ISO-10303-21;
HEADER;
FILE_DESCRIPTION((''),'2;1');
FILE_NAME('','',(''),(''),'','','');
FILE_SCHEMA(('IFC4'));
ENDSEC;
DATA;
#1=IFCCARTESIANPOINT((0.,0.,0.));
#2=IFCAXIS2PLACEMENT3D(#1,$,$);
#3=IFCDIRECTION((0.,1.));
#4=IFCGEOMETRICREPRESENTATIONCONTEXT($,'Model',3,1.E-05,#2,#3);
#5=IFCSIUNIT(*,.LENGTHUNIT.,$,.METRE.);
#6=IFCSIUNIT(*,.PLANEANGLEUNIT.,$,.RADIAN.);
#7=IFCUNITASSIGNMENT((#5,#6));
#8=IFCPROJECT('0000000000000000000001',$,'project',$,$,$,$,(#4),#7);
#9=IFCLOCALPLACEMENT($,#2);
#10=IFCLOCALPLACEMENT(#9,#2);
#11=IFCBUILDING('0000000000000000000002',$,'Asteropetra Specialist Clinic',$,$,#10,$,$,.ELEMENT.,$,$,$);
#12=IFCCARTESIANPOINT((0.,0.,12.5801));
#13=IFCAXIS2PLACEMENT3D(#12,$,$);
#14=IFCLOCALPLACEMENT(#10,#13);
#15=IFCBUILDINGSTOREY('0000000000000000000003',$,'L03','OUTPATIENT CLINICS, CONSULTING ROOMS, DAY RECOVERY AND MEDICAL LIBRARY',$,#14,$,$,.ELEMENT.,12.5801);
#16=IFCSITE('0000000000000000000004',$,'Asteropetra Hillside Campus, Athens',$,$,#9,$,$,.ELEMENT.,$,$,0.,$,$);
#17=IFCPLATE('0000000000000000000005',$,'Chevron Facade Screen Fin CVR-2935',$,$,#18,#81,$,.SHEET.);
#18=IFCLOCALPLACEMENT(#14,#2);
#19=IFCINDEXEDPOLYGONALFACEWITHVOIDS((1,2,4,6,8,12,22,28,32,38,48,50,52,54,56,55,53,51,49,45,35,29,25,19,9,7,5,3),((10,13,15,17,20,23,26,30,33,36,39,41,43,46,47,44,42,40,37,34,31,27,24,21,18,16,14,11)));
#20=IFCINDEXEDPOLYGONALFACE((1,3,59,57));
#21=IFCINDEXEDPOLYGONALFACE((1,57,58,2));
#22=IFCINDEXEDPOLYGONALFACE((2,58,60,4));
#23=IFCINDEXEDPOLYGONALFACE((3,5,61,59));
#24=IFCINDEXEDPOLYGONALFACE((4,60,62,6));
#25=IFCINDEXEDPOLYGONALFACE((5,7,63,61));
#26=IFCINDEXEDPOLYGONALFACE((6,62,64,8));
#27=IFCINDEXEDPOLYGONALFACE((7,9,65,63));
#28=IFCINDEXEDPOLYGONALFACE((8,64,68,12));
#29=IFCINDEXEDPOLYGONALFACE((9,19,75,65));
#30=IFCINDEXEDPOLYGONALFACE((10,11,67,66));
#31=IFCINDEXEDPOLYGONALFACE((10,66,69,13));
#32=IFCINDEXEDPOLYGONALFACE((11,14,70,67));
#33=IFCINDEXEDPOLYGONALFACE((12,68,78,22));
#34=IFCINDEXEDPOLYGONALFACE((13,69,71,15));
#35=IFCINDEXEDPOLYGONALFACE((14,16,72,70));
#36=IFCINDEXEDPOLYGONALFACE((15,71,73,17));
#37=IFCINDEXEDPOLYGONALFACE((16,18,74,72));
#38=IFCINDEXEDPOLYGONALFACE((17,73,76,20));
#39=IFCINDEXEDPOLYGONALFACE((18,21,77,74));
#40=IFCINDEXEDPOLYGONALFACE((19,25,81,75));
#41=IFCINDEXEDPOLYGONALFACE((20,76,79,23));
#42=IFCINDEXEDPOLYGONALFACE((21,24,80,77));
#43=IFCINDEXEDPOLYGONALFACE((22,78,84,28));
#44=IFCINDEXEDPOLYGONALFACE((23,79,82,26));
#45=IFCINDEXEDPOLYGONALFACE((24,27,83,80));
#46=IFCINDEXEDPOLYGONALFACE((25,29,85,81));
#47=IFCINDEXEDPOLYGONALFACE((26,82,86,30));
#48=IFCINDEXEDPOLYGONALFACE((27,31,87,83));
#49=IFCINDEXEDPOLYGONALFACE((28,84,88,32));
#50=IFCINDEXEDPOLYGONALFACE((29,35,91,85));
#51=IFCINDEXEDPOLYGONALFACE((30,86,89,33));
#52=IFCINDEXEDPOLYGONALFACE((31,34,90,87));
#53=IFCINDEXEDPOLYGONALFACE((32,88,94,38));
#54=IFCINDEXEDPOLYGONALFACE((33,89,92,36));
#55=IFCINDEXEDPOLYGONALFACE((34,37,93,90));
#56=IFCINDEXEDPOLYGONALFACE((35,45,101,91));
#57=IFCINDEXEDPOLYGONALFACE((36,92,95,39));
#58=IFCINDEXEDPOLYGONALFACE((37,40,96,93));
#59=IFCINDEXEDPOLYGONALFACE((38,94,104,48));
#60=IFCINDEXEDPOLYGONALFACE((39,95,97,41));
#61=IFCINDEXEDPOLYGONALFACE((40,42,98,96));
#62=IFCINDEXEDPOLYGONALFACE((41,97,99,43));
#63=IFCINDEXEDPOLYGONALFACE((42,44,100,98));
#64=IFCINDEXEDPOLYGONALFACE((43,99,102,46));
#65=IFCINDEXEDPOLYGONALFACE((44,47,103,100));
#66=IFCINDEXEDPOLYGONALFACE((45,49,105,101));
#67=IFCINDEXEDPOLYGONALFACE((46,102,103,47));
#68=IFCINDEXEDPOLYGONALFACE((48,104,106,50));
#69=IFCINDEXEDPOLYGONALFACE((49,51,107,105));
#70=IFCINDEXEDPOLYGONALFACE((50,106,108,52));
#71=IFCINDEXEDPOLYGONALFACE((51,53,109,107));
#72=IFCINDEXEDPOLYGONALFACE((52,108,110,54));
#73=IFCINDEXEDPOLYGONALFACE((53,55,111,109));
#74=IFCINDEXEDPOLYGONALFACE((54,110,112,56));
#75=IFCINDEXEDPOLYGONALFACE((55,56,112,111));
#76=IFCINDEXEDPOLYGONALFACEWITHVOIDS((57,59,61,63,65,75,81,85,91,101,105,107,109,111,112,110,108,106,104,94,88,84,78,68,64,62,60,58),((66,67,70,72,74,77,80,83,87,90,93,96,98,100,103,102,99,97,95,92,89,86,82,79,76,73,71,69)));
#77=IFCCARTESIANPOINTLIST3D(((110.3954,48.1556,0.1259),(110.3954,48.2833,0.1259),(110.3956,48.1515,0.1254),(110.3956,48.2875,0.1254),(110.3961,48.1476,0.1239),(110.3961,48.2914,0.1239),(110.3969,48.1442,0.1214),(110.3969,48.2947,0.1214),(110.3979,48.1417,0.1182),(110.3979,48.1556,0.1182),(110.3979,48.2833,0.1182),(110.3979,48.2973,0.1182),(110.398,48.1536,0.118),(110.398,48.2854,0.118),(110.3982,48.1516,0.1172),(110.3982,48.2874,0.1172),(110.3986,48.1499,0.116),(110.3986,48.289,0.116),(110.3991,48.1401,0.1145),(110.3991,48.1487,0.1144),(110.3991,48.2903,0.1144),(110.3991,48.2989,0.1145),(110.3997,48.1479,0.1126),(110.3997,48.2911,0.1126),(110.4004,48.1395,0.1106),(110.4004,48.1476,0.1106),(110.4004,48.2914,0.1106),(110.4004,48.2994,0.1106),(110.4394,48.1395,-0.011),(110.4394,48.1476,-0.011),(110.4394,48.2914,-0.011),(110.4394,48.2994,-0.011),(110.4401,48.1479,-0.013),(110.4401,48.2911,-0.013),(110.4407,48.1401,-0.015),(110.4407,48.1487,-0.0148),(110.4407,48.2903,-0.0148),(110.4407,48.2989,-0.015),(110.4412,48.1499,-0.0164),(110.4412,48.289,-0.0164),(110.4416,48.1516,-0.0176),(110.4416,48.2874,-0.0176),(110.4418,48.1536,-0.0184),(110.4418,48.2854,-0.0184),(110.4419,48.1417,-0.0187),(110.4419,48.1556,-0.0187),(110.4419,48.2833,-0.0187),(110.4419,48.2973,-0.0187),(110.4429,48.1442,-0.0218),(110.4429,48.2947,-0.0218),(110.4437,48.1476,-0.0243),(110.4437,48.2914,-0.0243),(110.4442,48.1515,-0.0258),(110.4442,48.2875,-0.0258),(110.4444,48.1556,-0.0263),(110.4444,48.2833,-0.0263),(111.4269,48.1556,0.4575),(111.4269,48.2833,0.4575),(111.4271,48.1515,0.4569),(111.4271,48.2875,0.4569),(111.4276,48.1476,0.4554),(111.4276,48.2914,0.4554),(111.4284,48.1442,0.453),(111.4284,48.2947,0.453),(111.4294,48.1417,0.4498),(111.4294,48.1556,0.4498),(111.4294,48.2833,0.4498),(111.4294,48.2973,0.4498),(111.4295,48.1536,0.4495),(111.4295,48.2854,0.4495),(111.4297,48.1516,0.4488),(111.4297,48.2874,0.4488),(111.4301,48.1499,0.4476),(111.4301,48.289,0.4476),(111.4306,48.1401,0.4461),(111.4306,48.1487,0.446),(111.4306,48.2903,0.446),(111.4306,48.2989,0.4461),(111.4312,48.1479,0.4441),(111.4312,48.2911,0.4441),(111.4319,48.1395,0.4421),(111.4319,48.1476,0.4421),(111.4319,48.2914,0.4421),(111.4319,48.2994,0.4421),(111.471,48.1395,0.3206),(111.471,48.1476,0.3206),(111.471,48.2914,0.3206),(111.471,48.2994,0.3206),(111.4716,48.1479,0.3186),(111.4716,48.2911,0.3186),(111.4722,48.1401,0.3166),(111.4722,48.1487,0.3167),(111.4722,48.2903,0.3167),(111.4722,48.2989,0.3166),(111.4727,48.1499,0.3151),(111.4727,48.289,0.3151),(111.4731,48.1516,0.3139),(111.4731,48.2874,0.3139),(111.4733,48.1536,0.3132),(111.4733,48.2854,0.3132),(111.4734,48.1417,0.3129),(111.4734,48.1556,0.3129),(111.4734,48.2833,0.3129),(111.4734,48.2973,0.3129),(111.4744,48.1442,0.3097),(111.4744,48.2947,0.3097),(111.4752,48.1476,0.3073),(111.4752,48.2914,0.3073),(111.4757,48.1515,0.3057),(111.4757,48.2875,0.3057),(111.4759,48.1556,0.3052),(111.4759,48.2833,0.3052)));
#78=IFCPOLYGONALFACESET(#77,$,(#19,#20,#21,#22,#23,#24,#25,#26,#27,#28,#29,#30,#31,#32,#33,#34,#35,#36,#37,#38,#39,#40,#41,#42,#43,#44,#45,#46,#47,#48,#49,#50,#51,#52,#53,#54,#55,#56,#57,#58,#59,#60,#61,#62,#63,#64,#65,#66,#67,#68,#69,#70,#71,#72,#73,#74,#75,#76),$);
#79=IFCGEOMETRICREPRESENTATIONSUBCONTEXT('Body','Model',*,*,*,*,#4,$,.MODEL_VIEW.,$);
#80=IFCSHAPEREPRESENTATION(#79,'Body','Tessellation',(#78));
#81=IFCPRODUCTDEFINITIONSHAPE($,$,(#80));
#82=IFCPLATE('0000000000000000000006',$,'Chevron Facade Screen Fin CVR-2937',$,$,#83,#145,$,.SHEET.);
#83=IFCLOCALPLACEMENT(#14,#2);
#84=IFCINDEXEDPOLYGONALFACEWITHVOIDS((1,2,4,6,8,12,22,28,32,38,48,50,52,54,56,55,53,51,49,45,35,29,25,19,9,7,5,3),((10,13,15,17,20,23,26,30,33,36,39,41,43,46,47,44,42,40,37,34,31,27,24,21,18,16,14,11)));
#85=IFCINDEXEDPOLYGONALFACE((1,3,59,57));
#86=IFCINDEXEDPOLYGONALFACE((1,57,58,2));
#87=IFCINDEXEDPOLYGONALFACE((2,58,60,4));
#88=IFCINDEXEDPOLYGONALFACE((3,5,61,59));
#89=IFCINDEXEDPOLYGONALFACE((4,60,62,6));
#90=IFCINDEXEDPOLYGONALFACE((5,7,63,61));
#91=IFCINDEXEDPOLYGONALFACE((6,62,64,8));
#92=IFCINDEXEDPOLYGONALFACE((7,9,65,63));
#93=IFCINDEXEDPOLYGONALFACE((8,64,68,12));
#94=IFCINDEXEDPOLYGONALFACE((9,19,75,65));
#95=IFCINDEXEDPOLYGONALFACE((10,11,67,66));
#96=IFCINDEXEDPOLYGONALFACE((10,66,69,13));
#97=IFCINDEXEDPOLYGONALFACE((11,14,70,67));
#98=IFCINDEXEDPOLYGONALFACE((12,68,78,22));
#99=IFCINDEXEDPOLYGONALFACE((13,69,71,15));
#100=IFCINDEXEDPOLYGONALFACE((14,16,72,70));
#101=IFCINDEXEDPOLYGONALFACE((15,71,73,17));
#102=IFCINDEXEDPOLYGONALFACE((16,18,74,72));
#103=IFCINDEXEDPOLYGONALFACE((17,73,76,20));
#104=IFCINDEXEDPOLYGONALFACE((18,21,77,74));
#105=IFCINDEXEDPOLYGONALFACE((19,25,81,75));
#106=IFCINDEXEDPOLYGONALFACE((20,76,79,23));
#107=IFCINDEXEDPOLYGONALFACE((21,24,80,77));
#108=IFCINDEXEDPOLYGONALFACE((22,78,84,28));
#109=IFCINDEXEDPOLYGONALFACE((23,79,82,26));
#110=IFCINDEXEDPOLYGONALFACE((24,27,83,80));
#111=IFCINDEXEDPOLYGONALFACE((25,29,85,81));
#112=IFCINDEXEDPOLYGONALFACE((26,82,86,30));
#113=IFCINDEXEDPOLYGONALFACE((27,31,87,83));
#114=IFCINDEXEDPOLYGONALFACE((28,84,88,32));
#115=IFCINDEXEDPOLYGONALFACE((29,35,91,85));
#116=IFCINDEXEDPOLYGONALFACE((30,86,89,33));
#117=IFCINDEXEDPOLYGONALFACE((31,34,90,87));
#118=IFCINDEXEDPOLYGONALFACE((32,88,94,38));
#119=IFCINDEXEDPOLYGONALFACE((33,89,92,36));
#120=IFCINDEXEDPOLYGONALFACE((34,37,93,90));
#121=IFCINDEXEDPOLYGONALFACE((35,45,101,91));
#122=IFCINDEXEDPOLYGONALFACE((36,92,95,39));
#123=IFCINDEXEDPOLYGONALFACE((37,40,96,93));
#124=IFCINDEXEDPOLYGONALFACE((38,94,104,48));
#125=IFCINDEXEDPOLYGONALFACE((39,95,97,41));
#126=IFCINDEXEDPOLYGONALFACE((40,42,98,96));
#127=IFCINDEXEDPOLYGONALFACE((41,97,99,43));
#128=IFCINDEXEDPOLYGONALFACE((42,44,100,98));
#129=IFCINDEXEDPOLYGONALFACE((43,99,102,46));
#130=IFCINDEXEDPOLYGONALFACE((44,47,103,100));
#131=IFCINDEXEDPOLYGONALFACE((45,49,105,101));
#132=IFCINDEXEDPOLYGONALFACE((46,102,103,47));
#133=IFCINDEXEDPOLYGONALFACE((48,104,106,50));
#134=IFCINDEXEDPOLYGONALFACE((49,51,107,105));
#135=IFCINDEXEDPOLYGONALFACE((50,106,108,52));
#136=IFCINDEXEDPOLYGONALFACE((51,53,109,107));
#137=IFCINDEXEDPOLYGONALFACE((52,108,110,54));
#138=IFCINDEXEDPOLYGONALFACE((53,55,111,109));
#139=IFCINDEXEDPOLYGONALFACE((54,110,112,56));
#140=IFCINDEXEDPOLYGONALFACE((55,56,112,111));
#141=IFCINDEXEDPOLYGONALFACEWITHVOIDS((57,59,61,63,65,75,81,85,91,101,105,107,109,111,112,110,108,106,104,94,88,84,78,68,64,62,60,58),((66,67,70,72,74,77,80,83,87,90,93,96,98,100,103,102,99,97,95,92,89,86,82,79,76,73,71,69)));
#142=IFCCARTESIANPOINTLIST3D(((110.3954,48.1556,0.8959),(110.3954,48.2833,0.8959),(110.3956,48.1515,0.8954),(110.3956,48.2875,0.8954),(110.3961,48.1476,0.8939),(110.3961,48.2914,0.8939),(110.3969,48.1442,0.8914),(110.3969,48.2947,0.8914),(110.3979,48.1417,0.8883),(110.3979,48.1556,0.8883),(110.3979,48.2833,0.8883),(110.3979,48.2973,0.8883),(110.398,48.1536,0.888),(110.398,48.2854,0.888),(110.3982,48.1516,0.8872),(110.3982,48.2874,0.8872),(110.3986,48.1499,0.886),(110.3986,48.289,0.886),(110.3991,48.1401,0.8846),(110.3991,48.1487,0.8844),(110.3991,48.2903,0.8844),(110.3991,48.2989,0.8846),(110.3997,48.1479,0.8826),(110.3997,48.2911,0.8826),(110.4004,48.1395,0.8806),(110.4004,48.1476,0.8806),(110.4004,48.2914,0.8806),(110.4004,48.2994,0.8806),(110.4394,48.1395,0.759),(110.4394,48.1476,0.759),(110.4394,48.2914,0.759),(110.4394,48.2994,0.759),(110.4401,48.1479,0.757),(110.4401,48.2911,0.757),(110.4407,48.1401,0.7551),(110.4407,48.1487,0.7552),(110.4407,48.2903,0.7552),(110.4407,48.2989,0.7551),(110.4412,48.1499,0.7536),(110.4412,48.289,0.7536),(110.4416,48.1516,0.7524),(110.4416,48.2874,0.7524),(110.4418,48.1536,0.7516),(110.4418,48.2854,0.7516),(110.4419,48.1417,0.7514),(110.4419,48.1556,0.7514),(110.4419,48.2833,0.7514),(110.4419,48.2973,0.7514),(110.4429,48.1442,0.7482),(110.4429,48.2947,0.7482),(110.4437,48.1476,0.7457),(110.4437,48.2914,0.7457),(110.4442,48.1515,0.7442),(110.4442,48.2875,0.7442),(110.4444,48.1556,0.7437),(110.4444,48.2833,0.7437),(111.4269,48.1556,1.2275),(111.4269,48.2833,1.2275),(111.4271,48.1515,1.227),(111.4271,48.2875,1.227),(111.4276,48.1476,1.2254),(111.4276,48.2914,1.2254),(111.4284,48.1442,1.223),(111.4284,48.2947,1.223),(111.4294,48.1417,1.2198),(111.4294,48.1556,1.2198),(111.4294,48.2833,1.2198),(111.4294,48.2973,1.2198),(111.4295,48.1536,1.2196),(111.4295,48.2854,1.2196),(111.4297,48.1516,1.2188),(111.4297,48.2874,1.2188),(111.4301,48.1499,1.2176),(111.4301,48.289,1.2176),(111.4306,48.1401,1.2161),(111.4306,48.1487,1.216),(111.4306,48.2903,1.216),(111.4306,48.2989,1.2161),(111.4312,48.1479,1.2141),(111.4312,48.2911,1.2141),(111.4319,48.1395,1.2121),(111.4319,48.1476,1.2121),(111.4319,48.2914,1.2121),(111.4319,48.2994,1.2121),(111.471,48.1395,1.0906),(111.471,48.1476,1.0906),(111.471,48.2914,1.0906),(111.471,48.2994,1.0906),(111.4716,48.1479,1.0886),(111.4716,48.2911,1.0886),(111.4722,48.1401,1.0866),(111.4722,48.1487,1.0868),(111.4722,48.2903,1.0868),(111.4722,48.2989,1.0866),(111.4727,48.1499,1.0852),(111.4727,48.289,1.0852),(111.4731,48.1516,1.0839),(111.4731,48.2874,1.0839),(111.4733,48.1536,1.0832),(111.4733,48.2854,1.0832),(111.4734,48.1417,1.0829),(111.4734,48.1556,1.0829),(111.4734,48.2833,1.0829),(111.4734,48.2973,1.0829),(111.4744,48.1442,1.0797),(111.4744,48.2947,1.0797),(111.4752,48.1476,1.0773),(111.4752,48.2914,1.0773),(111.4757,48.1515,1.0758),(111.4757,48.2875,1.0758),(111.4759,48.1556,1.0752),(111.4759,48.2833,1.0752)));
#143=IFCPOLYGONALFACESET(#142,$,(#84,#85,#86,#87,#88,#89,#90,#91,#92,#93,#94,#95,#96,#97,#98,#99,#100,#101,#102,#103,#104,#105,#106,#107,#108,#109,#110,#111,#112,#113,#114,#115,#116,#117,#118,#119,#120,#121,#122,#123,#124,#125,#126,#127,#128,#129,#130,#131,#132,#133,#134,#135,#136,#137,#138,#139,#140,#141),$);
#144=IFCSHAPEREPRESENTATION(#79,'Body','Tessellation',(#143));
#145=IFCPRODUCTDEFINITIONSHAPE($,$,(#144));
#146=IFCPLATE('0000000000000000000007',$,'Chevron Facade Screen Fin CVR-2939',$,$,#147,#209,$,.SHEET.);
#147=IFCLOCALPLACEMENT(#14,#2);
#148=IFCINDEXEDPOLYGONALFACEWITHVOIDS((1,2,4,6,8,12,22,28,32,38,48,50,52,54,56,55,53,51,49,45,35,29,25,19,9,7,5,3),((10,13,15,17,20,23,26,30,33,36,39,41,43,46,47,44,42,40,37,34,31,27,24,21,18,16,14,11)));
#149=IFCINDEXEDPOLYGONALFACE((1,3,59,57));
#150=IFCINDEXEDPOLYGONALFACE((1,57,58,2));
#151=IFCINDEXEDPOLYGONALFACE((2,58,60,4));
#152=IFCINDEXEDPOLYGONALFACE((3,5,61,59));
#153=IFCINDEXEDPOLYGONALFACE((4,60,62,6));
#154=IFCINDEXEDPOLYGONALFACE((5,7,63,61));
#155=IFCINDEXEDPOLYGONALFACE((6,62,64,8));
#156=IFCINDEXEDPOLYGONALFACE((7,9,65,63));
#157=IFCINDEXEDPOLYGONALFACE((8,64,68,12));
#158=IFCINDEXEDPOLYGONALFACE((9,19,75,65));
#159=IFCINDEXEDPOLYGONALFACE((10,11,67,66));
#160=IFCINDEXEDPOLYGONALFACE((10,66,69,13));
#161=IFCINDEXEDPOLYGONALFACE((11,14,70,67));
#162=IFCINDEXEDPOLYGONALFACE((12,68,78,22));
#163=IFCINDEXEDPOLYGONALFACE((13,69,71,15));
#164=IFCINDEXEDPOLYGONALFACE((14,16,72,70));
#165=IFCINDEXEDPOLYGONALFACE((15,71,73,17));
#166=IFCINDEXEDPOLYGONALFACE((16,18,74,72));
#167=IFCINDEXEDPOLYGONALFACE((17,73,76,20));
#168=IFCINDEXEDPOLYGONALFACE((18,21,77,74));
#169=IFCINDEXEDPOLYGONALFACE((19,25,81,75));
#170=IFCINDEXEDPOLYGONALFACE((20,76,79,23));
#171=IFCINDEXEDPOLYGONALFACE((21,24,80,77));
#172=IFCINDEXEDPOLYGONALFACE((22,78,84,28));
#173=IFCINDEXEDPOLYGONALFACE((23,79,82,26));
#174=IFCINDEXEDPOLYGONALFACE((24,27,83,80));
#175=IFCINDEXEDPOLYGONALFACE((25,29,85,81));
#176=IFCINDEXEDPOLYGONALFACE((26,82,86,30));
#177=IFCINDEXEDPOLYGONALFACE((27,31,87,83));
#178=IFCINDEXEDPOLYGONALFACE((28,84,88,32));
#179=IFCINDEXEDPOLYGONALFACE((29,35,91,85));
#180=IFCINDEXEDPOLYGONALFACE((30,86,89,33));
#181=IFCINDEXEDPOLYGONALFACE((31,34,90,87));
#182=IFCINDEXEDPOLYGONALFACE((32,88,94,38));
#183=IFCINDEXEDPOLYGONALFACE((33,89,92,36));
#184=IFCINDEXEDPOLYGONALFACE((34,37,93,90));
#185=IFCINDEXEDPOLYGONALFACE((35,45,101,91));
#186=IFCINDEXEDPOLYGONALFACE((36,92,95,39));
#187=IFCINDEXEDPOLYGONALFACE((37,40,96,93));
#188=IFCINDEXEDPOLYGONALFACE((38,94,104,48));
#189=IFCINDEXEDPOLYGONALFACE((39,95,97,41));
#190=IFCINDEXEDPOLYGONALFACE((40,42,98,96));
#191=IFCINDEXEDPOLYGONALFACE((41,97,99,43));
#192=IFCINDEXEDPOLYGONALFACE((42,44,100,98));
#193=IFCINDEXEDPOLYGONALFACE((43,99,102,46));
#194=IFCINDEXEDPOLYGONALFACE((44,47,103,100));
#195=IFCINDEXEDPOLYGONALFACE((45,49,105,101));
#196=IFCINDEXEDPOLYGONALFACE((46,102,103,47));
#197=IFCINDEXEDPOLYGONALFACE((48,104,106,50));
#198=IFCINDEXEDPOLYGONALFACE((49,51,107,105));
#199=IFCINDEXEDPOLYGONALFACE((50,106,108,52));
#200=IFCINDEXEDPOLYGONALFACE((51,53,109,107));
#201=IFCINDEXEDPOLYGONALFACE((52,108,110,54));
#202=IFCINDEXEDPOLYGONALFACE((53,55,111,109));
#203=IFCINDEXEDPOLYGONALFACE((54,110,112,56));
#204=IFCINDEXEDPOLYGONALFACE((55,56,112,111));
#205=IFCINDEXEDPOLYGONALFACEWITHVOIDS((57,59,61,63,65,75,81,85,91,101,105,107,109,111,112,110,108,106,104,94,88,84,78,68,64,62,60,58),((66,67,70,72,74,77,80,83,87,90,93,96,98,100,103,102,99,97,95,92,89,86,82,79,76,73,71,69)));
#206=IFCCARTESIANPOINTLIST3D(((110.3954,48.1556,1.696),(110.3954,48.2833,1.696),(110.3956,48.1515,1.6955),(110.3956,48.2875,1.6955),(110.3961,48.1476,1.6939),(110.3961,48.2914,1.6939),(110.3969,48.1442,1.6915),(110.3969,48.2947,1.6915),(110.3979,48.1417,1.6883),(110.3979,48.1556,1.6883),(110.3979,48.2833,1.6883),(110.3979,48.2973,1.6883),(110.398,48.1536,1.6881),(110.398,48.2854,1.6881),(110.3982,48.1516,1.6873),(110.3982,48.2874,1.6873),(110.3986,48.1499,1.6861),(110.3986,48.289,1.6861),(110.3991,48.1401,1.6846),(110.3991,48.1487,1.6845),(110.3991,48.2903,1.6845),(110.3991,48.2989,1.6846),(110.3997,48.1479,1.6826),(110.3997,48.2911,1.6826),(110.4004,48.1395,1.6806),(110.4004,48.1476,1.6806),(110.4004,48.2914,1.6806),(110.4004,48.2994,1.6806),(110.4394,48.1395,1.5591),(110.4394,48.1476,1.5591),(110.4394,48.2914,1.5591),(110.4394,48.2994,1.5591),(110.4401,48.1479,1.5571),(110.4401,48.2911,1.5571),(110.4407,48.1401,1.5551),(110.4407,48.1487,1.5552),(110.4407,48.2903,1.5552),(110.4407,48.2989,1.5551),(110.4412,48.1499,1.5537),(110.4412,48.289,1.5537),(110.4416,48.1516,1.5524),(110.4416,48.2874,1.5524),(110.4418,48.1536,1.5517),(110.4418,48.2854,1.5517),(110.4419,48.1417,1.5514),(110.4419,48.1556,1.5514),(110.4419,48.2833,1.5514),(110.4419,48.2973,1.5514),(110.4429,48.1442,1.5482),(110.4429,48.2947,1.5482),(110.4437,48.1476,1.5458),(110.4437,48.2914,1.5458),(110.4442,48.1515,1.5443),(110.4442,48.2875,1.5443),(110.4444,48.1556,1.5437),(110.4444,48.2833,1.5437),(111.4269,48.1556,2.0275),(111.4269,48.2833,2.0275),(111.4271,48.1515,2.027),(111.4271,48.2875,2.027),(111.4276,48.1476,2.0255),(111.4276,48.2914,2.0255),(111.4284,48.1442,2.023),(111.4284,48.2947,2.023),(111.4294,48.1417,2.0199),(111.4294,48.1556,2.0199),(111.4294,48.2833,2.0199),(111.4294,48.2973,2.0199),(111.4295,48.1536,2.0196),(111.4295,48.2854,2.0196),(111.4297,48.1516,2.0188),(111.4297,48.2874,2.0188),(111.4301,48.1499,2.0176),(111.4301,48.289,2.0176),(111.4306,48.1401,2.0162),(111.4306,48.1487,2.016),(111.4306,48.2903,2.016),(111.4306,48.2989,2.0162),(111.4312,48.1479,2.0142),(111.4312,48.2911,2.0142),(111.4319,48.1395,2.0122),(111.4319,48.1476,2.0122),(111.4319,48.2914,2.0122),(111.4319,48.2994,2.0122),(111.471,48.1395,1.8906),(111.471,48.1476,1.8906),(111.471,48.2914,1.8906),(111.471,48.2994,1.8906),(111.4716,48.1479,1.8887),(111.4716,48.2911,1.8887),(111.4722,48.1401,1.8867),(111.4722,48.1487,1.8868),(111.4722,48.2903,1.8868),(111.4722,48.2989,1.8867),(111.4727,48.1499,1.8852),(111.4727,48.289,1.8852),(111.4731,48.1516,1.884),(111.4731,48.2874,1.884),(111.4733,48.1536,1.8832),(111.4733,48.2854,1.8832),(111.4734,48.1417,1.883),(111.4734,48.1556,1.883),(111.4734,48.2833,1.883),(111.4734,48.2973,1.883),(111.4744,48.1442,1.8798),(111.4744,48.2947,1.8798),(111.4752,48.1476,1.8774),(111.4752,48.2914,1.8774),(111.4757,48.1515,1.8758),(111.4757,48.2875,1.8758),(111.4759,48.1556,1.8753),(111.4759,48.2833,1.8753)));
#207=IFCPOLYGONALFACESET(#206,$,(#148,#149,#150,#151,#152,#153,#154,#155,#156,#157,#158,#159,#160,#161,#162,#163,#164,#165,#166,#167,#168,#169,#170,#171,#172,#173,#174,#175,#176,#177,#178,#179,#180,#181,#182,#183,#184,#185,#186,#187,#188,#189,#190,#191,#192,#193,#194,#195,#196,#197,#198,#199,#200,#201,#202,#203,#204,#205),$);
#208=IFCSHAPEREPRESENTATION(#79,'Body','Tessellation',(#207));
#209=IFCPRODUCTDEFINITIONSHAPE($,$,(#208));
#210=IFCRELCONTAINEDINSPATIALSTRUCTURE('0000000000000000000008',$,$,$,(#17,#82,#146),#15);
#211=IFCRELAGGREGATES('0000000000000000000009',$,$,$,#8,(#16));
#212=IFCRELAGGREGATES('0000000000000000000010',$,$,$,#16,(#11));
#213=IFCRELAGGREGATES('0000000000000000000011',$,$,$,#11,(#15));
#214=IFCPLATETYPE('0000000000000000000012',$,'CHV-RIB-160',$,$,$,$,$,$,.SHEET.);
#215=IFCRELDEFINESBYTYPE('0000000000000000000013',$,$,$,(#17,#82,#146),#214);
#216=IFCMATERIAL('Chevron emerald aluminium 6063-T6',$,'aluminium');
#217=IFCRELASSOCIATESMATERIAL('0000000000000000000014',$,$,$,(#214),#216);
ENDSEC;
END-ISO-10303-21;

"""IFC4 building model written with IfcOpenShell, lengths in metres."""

from ifc_helpers import new_model, si_unit, direction, frame, origin, origin_2d, place, context, subcontext, project, spatial, hollow_rectangle, extrude, material, material_profile, profile_set, type_object, element, save


model = new_model("IFC4")

# Units and contexts
model_context = context("Model", 3, precision=1e-05, world=origin(), true_north=direction((0.0, 1.0)))
body_context = subcontext(model_context, "Body", "Model", "MODEL_VIEW")
ifc_project = project(units=[si_unit("LENGTHUNIT", "METRE"), si_unit("PLANEANGLEUNIT", "RADIAN")], contexts=[model_context])

# Site, building, storey
site_placement = place(None, origin())
site = spatial("IfcSite", under=ifc_project, at=site_placement, Name="Asteropetra Hillside Campus, Athens", CompositionType="ELEMENT", RefElevation=0.0)
building_placement = place(site_placement, origin())
building = spatial("IfcBuilding", under=site, at=building_placement, Name="Asteropetra Specialist Clinic", CompositionType="ELEMENT")
storey_placement = place(building_placement, frame((0.0, 0.0, 12.5801)))
storey = spatial("IfcBuildingStorey", under=building, at=storey_placement, Name="L03", Description="OUTPATIENT CLINICS, CONSULTING ROOMS, DAY RECOVERY AND MEDICAL LIBRARY", CompositionType="ELEMENT", Elevation=12.5801)

# Plates
ifc_material_1 = material(Name="Chevron emerald aluminium 6063-T6", Category="aluminium")
ifc_material_profile = material_profile(ifc_material_1, hollow_rectangle(XDim=0.1599, YDim=0.1599, WallThickness=0.0081, InnerFilletRadius=0.0081, OuterFilletRadius=0.0161, at=origin_2d()), Name="SHS 160x160x8.0")
ifc_profile_set = profile_set([ifc_material_profile], Name="Chevron emerald aluminium 6063-T6")
plate_type_1 = type_object("IfcPlateType", Name="CHV-RIB-160", PredefinedType="SHEET", material=ifc_profile_set)
for number, where, z_axis, x_axis, name in (
    (1, (111.4514, 48.2195, 0.3813), (-0.952031, 0.0, -0.306002), (0.0, -1.0, 0.0), "Chevron Facade Screen Fin CVR-2935"),
    (2, (111.4514, 48.2195, 1.1514), (-0.952031, 0.0, -0.306002), (0.0, -1.0, 0.0), "Chevron Facade Screen Fin CVR-2937"),
    (3, (111.4514, 48.2195, 1.9514), (-0.952031, 0.0, -0.306002), (0.0, -1.0, 0.0), "Chevron Facade Screen Fin CVR-2939"),
):
    element("IfcPlate", number, at=place(storey_placement, frame(where, z_axis=z_axis, x_axis=x_axis)), inside=storey, type_object=plate_type_1, Name=name, PredefinedType="SHEET", context=body_context, shape_type="SweptSolid", body=[
        extrude(hollow_rectangle(XDim=0.1599, YDim=0.1599, WallThickness=0.0081, InnerFilletRadius=0.0081, OuterFilletRadius=0.0161, at=origin_2d()), origin(), (0.0, 0.0, 1.0), 1.0835),
    ])

save(model, "model.ifc")
